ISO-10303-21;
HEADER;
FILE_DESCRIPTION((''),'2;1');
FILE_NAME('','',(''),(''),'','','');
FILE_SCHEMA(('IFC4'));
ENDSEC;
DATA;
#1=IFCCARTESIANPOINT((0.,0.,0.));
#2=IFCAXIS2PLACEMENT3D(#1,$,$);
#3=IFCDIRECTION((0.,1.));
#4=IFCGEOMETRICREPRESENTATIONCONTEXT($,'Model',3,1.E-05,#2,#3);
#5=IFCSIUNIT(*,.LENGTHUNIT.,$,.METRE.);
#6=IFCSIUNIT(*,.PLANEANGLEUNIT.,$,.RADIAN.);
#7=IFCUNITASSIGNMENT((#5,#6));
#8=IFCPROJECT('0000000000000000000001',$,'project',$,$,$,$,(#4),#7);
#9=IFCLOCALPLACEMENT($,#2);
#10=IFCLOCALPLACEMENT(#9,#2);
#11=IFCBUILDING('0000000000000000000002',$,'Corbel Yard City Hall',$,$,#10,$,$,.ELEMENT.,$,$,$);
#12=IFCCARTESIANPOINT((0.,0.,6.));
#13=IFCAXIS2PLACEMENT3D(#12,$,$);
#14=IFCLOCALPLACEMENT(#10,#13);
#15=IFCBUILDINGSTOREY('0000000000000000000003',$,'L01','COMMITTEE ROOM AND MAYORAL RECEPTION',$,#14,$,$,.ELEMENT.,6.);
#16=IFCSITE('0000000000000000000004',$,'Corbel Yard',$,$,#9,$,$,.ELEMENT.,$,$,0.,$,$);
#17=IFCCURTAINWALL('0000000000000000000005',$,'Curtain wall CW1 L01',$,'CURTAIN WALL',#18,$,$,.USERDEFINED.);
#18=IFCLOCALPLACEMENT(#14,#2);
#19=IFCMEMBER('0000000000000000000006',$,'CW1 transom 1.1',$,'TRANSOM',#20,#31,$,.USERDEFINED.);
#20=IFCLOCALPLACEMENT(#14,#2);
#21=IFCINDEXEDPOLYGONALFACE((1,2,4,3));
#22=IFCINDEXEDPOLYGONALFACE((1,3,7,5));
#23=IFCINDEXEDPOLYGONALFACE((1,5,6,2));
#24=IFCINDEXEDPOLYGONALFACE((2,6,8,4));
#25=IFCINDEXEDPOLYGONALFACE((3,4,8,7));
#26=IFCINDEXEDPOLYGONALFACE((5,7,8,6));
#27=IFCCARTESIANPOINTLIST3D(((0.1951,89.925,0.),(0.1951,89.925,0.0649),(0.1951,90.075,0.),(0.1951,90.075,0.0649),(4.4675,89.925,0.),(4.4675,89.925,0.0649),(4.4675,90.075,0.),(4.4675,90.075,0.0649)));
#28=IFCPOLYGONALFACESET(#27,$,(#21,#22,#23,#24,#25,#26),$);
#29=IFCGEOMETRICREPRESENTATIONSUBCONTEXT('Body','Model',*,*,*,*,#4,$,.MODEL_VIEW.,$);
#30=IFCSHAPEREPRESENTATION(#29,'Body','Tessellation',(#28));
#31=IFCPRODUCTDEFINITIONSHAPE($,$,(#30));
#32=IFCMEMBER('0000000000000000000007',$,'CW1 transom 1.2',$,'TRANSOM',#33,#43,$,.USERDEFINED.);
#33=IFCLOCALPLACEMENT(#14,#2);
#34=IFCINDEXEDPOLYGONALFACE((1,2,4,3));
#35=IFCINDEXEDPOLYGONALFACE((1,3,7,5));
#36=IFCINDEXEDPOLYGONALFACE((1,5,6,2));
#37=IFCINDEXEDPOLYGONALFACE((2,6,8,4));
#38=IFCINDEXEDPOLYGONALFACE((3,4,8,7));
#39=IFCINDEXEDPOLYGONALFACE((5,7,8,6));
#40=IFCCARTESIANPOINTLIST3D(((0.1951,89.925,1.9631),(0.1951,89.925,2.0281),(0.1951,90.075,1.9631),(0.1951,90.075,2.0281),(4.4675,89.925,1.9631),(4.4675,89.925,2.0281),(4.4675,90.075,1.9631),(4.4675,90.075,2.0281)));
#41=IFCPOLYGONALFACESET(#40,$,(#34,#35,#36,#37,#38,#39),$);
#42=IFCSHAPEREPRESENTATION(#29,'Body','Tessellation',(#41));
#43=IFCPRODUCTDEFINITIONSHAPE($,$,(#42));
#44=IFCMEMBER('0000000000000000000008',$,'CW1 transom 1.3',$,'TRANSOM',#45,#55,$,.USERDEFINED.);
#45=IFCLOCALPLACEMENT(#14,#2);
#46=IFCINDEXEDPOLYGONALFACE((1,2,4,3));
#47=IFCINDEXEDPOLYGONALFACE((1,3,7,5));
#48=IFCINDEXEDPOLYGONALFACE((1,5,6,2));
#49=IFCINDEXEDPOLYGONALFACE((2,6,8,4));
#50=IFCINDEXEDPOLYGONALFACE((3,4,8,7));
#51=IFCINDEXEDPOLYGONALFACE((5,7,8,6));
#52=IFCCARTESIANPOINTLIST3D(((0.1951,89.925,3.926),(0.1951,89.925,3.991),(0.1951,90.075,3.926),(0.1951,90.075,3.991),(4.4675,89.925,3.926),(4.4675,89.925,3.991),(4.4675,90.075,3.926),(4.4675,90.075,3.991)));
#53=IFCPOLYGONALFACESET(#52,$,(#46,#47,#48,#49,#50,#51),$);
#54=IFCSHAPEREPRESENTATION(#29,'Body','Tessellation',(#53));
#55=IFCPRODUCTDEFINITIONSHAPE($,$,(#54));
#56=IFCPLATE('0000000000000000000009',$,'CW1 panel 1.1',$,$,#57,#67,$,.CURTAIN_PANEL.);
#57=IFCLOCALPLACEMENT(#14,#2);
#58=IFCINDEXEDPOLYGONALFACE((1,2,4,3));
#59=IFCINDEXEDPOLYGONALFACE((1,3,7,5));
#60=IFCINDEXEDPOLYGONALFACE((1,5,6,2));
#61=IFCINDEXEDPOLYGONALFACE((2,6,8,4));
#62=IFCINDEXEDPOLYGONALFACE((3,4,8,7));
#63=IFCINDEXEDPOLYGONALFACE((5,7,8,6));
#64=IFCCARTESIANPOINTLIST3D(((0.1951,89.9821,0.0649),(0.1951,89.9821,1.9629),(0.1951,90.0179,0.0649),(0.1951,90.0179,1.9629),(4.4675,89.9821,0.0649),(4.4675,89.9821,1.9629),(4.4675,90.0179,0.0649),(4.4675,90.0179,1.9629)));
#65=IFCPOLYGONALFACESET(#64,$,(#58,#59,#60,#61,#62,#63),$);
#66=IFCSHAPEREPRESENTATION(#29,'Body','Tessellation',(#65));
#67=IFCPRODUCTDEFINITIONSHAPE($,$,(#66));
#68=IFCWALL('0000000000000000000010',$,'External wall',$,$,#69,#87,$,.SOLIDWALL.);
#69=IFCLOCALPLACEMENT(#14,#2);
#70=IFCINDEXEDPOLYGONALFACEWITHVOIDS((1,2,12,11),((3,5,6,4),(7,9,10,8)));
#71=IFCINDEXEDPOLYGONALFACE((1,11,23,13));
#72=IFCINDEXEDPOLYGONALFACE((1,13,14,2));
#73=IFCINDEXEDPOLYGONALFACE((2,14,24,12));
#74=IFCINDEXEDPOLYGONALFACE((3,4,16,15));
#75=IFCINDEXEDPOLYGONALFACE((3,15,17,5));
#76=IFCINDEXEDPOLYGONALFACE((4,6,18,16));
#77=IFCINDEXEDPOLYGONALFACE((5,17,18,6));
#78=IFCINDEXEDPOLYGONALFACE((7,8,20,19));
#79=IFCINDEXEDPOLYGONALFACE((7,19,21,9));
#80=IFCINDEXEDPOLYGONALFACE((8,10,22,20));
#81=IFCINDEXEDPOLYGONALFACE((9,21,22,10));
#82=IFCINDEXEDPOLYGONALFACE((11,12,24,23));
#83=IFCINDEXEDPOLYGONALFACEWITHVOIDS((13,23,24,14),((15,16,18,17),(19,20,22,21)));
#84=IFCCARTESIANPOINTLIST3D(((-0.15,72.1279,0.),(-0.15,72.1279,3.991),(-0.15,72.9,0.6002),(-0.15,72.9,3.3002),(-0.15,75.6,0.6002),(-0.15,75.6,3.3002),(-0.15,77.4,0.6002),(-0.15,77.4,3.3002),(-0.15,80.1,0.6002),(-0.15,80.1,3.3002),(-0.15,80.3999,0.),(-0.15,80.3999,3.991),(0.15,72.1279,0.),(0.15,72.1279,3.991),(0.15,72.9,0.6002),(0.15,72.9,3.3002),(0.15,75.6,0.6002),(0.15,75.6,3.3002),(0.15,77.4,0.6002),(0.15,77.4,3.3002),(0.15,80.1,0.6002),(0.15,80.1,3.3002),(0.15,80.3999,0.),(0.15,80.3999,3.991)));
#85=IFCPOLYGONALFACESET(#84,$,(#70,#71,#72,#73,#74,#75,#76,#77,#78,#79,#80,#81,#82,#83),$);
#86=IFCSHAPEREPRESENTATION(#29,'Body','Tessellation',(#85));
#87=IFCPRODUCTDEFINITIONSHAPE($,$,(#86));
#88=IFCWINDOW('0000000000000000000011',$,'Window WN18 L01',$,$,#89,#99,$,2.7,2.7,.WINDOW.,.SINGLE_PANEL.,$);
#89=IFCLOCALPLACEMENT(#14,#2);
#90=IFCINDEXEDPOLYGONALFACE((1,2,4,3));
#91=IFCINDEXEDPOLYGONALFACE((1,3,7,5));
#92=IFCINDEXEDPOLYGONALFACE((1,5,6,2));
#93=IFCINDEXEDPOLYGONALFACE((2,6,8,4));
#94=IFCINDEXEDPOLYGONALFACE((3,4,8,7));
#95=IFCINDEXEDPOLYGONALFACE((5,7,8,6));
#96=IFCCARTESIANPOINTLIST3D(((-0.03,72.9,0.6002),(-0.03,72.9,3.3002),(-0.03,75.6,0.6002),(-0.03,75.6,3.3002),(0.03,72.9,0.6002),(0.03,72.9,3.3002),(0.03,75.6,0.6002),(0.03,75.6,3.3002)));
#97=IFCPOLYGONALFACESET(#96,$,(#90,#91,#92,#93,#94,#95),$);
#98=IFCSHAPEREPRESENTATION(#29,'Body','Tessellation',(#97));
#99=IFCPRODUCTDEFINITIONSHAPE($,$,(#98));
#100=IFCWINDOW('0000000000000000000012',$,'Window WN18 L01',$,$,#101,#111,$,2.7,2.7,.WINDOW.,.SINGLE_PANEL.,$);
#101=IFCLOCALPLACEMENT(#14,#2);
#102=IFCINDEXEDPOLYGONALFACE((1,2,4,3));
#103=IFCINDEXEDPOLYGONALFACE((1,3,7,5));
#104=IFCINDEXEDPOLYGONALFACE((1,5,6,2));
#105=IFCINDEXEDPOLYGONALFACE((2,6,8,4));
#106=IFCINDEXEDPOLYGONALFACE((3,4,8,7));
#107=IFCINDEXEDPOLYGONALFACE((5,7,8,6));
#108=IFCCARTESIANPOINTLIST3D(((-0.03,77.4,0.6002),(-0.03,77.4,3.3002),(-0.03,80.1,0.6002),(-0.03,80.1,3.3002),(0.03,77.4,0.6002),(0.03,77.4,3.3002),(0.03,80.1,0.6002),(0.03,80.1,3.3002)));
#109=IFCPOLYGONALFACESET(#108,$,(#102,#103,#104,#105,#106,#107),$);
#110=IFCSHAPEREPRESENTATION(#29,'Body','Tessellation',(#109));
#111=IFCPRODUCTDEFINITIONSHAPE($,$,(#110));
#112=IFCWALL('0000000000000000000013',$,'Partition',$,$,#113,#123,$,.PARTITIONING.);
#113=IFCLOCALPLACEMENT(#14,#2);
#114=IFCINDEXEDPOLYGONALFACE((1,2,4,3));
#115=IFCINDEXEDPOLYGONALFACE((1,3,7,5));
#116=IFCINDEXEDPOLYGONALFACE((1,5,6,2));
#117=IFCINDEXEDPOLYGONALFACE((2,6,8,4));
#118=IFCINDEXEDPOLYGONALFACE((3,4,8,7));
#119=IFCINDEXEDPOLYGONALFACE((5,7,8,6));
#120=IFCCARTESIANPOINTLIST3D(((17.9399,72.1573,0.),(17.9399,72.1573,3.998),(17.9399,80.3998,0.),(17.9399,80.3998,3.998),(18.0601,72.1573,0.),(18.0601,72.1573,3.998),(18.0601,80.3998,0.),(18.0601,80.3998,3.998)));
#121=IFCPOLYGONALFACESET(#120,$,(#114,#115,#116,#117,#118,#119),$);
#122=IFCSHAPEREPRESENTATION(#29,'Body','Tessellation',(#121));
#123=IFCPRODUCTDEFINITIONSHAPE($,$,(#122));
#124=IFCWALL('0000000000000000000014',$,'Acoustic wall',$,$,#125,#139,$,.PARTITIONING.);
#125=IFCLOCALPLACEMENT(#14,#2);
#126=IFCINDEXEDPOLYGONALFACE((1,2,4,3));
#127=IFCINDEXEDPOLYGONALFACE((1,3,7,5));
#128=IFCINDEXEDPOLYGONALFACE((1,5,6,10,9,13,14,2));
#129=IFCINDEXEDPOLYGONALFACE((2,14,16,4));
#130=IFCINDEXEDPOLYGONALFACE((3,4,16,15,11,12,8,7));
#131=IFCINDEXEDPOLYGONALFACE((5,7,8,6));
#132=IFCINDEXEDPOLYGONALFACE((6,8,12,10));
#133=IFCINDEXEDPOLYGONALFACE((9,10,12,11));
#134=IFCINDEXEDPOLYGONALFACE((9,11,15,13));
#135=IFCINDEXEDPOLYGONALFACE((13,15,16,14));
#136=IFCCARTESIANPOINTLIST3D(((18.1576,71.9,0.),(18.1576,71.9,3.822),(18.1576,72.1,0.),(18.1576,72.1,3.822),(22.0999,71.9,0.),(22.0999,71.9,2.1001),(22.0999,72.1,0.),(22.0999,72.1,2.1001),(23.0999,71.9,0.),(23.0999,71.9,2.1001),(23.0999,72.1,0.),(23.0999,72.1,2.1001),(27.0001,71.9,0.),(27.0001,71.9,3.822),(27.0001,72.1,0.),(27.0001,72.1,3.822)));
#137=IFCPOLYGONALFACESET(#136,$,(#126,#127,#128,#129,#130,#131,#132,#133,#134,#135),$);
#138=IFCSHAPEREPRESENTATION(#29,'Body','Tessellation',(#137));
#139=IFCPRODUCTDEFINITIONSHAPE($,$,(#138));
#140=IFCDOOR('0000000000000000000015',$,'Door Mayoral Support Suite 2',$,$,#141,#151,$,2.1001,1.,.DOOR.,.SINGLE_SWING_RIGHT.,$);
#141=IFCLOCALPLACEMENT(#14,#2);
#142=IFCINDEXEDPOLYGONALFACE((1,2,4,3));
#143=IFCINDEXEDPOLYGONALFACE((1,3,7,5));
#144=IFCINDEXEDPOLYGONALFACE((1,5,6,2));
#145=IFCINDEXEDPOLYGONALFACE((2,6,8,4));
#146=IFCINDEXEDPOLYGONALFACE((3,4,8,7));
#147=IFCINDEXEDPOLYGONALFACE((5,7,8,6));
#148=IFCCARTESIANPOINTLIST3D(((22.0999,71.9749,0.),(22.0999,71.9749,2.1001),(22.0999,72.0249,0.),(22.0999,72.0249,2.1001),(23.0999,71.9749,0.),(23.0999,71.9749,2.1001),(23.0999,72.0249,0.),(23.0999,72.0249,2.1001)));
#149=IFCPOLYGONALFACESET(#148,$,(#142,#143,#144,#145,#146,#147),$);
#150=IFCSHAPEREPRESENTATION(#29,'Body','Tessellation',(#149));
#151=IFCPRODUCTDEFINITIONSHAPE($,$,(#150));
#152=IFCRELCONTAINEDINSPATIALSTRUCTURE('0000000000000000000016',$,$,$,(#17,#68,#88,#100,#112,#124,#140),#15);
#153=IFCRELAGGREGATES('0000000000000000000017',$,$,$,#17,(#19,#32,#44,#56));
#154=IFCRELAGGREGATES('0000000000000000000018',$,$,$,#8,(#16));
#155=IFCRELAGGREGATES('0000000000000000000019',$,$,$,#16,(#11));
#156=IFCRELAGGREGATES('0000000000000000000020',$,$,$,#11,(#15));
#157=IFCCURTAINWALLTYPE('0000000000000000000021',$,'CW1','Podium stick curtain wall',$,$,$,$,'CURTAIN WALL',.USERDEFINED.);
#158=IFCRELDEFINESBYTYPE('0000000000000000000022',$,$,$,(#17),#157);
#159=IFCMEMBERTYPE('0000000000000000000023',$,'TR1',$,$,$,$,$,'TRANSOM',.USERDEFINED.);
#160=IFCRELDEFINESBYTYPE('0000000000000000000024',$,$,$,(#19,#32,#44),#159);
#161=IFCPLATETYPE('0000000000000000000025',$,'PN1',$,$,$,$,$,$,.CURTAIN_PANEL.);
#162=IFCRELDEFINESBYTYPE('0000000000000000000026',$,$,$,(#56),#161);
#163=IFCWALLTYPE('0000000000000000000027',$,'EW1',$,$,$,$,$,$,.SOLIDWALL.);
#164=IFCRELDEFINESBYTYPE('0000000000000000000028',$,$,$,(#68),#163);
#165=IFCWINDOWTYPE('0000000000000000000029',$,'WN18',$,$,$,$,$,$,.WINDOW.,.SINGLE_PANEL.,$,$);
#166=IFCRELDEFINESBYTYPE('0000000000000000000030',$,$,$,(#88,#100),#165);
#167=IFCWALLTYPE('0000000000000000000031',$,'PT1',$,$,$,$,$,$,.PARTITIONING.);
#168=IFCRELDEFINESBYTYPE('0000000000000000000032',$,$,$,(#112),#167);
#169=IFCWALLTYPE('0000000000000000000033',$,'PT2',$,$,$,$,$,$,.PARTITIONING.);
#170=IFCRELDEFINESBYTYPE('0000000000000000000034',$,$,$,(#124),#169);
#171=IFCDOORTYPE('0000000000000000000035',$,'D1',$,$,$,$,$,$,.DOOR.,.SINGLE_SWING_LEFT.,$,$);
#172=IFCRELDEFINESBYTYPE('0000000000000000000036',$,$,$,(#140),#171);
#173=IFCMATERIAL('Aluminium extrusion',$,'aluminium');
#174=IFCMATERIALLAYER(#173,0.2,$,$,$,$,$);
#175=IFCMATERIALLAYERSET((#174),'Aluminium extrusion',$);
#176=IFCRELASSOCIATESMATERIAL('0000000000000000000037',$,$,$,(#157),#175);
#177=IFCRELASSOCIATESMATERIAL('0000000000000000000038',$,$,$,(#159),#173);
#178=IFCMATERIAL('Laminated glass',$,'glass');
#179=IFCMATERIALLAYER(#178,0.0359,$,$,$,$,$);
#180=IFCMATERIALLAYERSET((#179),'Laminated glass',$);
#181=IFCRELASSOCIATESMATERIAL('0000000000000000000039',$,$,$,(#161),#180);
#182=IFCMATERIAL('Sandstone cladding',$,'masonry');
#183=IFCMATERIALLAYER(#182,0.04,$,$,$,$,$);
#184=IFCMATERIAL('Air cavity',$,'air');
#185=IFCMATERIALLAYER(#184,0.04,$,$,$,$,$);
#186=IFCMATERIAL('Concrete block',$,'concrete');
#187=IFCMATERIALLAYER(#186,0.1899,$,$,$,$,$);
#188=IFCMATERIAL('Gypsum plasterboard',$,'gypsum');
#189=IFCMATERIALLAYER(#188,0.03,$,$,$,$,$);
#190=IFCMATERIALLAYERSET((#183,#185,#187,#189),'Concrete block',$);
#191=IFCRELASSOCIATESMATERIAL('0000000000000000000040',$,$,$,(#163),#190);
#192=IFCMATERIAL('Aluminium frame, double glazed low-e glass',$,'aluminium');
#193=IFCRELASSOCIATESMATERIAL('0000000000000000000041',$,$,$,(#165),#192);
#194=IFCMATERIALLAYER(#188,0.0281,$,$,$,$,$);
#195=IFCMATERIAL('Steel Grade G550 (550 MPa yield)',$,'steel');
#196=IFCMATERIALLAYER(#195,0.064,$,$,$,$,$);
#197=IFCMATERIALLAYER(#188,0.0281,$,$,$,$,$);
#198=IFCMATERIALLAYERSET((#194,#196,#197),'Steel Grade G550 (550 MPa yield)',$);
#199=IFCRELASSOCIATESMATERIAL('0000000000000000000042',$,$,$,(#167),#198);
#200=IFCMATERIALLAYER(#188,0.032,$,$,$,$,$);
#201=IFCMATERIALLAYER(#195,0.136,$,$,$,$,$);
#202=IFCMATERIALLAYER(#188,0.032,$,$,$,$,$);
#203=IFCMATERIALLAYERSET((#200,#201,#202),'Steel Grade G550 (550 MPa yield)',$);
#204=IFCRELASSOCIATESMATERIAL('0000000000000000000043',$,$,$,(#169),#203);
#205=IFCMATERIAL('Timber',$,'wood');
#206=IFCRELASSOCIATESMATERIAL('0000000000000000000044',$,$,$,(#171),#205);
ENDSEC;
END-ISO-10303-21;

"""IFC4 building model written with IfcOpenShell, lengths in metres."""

from ifc_helpers import new_model, si_unit, direction, frame, frame_2d, origin, origin_2d, place, context, subcontext, project, spatial, rectangle, extrude, material, layer, layer_set, material_profile, profile_set, type_object, element, fill, aggregate, save


model = new_model("IFC4")

# Units and contexts
model_context = context("Model", 3, precision=1e-05, world=origin(), true_north=direction((0.0, 1.0)))
body_context = subcontext(model_context, "Body", "Model", "MODEL_VIEW")
ifc_project = project(units=[si_unit("LENGTHUNIT", "METRE"), si_unit("PLANEANGLEUNIT", "RADIAN")], contexts=[model_context])

# Site, building, storey
site_placement = place(None, origin())
site = spatial("IfcSite", under=ifc_project, at=site_placement, Name="Corbel Yard", CompositionType="ELEMENT", RefElevation=0.0)
building_placement = place(site_placement, origin())
building = spatial("IfcBuilding", under=site, at=building_placement, Name="Corbel Yard City Hall", CompositionType="ELEMENT")
storey_placement = place(building_placement, frame((0.0, 0.0, 6.0)))
storey = spatial("IfcBuildingStorey", under=building, at=storey_placement, Name="L01", Description="COMMITTEE ROOM AND MAYORAL RECEPTION", CompositionType="ELEMENT", Elevation=6.0)

# Curtain wall
ifc_material_1 = material(Name="Aluminium extrusion", Category="aluminium")
ifc_layer_1 = layer(ifc_material_1, 0.2)
ifc_layer_set_1 = layer_set([ifc_layer_1], Name="Aluminium extrusion")
curtain_wall_type = type_object("IfcCurtainWallType", Name="CW1", Description="Podium stick curtain wall", ElementType="CURTAIN WALL", PredefinedType="USERDEFINED", material=ifc_layer_set_1)
curtain_wall_placement = place(storey_placement, origin())
curtain_wall = element("IfcCurtainWall", 1, at=curtain_wall_placement, inside=storey, type_object=curtain_wall_type, Name="Curtain wall CW1 L01", ObjectType="CURTAIN WALL", PredefinedType="USERDEFINED")

# Members
ifc_material_profile_1 = material_profile(ifc_material_1, rectangle(XDim=0.1499, YDim=0.0649, at=origin_2d()), Name="150x65")
ifc_profile_set_1 = profile_set([ifc_material_profile_1], Name="Aluminium extrusion")
member_type_1 = type_object("IfcMemberType", Name="TR1", ElementType="TRANSOM", PredefinedType="USERDEFINED", material=ifc_profile_set_1)
member_1_placement = place(storey_placement, frame((0.1951, 90.0, 0.0325), z_axis=(1.0, 0.0, 0.0), x_axis=(0.0, 1.0, 0.0)))
member_1 = element("IfcMember", 2, at=member_1_placement, type_object=member_type_1, Name="CW1 transom 1.1", ObjectType="TRANSOM", PredefinedType="USERDEFINED", context=body_context, shape_type="SweptSolid", body=[
    extrude(rectangle(XDim=0.1499, YDim=0.0649, at=origin_2d()), origin(), (0.0, 0.0, 1.0), 4.2725),
])
member_2_placement = place(storey_placement, frame((0.1951, 90.0, 1.9956), z_axis=(1.0, 0.0, 0.0), x_axis=(0.0, 1.0, 0.0)))
member_2 = element("IfcMember", 3, at=member_2_placement, type_object=member_type_1, Name="CW1 transom 1.2", ObjectType="TRANSOM", PredefinedType="USERDEFINED", context=body_context, shape_type="SweptSolid", body=[
    extrude(rectangle(XDim=0.1499, YDim=0.0649, at=origin_2d()), origin(), (0.0, 0.0, 1.0), 4.2725),
])
member_3_placement = place(storey_placement, frame((0.1951, 90.0, 3.9585), z_axis=(1.0, 0.0, 0.0), x_axis=(0.0, 1.0, 0.0)))
member_3 = element("IfcMember", 4, at=member_3_placement, type_object=member_type_1, Name="CW1 transom 1.3", ObjectType="TRANSOM", PredefinedType="USERDEFINED", context=body_context, shape_type="SweptSolid", body=[
    extrude(rectangle(XDim=0.1499, YDim=0.0649, at=origin_2d()), origin(), (0.0, 0.0, 1.0), 4.2725),
])

# Plate
ifc_material_2 = material(Name="Laminated glass", Category="glass")
ifc_layer_2 = layer(ifc_material_2, 0.0359)
ifc_layer_set_2 = layer_set([ifc_layer_2], Name="Laminated glass")
plate_type = type_object("IfcPlateType", Name="PN1", PredefinedType="CURTAIN_PANEL", material=ifc_layer_set_2)
plate_placement = place(storey_placement, frame((2.3313, 90.0, 0.0649), z_axis=(0.0, 0.0, 1.0), x_axis=(1.0, 0.0, 0.0)))
plate = element("IfcPlate", 5, at=plate_placement, type_object=plate_type, Name="CW1 panel 1.1", PredefinedType="CURTAIN_PANEL", context=body_context, shape_type="SweptSolid", body=[
    extrude(rectangle(XDim=4.2725, YDim=0.0359, at=origin_2d()), origin(), (0.0, 0.0, 1.0), 1.8979),
])
aggregate(curtain_wall, [member_1, member_2, member_3, plate])

# Wall, openings, windows
ifc_material_3 = material(Name="Sandstone cladding", Category="masonry")
ifc_layer_3 = layer(ifc_material_3, 0.04)
ifc_material_4 = material(Name="Air cavity", Category="air")
ifc_layer_4 = layer(ifc_material_4, 0.04)
ifc_material_5 = material(Name="Concrete block", Category="concrete")
ifc_layer_5 = layer(ifc_material_5, 0.1899)
ifc_material_6 = material(Name="Gypsum plasterboard", Category="gypsum")
ifc_layer_6 = layer(ifc_material_6, 0.03)
ifc_layer_set_3 = layer_set([ifc_layer_3, ifc_layer_4, ifc_layer_5, ifc_layer_6], Name="Concrete block")
wall_type_1 = type_object("IfcWallType", Name="EW1", PredefinedType="SOLIDWALL", material=ifc_layer_set_3)
wall_1_placement = place(storey_placement, frame((0.0, 72.1279, 0.0), z_axis=(0.0, 0.0, 1.0), x_axis=(0.0, 1.0, 0.0)))
wall_1 = element("IfcWall", 6, at=wall_1_placement, inside=storey, type_object=wall_type_1, Name="External wall", PredefinedType="SOLIDWALL", context=body_context, shape_type="SweptSolid", body=[
    extrude(rectangle(XDim=8.272, YDim=0.3, at=frame_2d((4.136, 0.0))), origin(), (0.0, 0.0, 1.0), 3.991),
])
opening_1_placement = place(wall_1_placement, frame((0.772, 0.0, 0.6001)))
opening_1 = element("IfcOpeningElement", 7, at=opening_1_placement, cuts=wall_1, PredefinedType="OPENING", context=body_context, shape_type="SweptSolid", body=[
    extrude(rectangle(XDim=2.7, YDim=2.7, at=frame_2d((1.3501, 1.3501))), frame((0.0, 0.1599, 0.0), z_axis=(0.0, -1.0, 0.0), x_axis=(1.0, 0.0, 0.0)), (0.0, 0.0, 1.0), 0.3201),
])
opening_2_placement = place(wall_1_placement, frame((5.272, 0.0, 0.6001)))
opening_2 = element("IfcOpeningElement", 8, at=opening_2_placement, cuts=wall_1, PredefinedType="OPENING", context=body_context, shape_type="SweptSolid", body=[
    extrude(rectangle(XDim=2.7, YDim=2.7, at=frame_2d((1.3501, 1.3501))), frame((0.0, 0.1599, 0.0), z_axis=(0.0, -1.0, 0.0), x_axis=(1.0, 0.0, 0.0)), (0.0, 0.0, 1.0), 0.3201),
])
ifc_material_7 = material(Name="Aluminium frame, double glazed low-e glass", Category="aluminium")
window_type = type_object("IfcWindowType", Name="WN18", PartitioningType="SINGLE_PANEL", PredefinedType="WINDOW", material=ifc_material_7)
window_1_placement = place(opening_1_placement, origin())
window_1 = element("IfcWindow", 9, at=window_1_placement, inside=storey, type_object=window_type, Name="Window WN18 L01", OverallHeight=2.7, OverallWidth=2.7, PartitioningType="SINGLE_PANEL", PredefinedType="WINDOW", context=body_context, shape_type="SweptSolid", body=[
    extrude(rectangle(XDim=2.7, YDim=2.7, at=frame_2d((1.3501, 1.3501))), frame((0.0, 0.03, 0.0), z_axis=(0.0, -1.0, 0.0), x_axis=(1.0, 0.0, 0.0)), (0.0, 0.0, 1.0), 0.0601),
])
fill(opening_1, window_1)
window_2_placement = place(opening_2_placement, origin())
window_2 = element("IfcWindow", 10, at=window_2_placement, inside=storey, type_object=window_type, Name="Window WN18 L01", OverallHeight=2.7, OverallWidth=2.7, PartitioningType="SINGLE_PANEL", PredefinedType="WINDOW", context=body_context, shape_type="SweptSolid", body=[
    extrude(rectangle(XDim=2.7, YDim=2.7, at=frame_2d((1.3501, 1.3501))), frame((0.0, 0.03, 0.0), z_axis=(0.0, -1.0, 0.0), x_axis=(1.0, 0.0, 0.0)), (0.0, 0.0, 1.0), 0.0601),
])
fill(opening_2, window_2)

# Wall
ifc_layer_7 = layer(ifc_material_6, 0.0281)
ifc_material_8 = material(Name="Steel Grade G550 (550 MPa yield)", Category="steel")
ifc_layer_8 = layer(ifc_material_8, 0.064)
ifc_layer_9 = layer(ifc_material_6, 0.0281)
ifc_layer_set_4 = layer_set([ifc_layer_7, ifc_layer_8, ifc_layer_9], Name="Steel Grade G550 (550 MPa yield)")
wall_type_2 = type_object("IfcWallType", Name="PT1", PredefinedType="PARTITIONING", material=ifc_layer_set_4)
wall_2_placement = place(storey_placement, frame((18.0, 72.1575, 0.0), z_axis=(0.0, 0.0, 1.0), x_axis=(0.0, 1.0, 0.0)))
element("IfcWall", 11, at=wall_2_placement, inside=storey, type_object=wall_type_2, Name="Partition", PredefinedType="PARTITIONING", context=body_context, shape_type="SweptSolid", body=[
    extrude(rectangle(XDim=8.2424, YDim=0.1201, at=frame_2d((4.1211, 0.0))), origin(), (0.0, 0.0, 1.0), 3.998),
])

# Wall, opening, door
ifc_layer_10 = layer(ifc_material_6, 0.032)
ifc_layer_11 = layer(ifc_material_8, 0.136)
ifc_layer_12 = layer(ifc_material_6, 0.032)
ifc_layer_set_5 = layer_set([ifc_layer_10, ifc_layer_11, ifc_layer_12], Name="Steel Grade G550 (550 MPa yield)")
wall_type_3 = type_object("IfcWallType", Name="PT2", PredefinedType="PARTITIONING", material=ifc_layer_set_5)
wall_3_placement = place(storey_placement, frame((18.1575, 72.0, 0.0), z_axis=(0.0, 0.0, 1.0), x_axis=(1.0, 0.0, 0.0)))
wall_3 = element("IfcWall", 12, at=wall_3_placement, inside=storey, type_object=wall_type_3, Name="Acoustic wall", PredefinedType="PARTITIONING", context=body_context, shape_type="SweptSolid", body=[
    extrude(rectangle(XDim=8.8425, YDim=0.2, at=frame_2d((4.4214, 0.0))), origin(), (0.0, 0.0, 1.0), 3.822),
])
opening_3_placement = place(wall_3_placement, frame((3.9424, 0.0, 0.0)))
opening_3 = element("IfcOpeningElement", 13, at=opening_3_placement, cuts=wall_3, PredefinedType="OPENING", context=body_context, shape_type="SweptSolid", body=[
    extrude(rectangle(XDim=1.0, YDim=2.1001, at=frame_2d((0.5, 1.05))), frame((0.0, 0.1099, 0.0), z_axis=(0.0, -1.0, 0.0), x_axis=(1.0, 0.0, 0.0)), (0.0, 0.0, 1.0), 0.22),
])
ifc_material_9 = material(Name="Timber", Category="wood")
door_type = type_object("IfcDoorType", Name="D1", OperationType="SINGLE_SWING_LEFT", PredefinedType="DOOR", material=ifc_material_9)
door_placement = place(opening_3_placement, origin())
door = element("IfcDoor", 14, at=door_placement, inside=storey, type_object=door_type, Name="Door Mayoral Support Suite 2", OperationType="SINGLE_SWING_RIGHT", OverallHeight=2.1001, OverallWidth=1.0, PredefinedType="DOOR", context=body_context, shape_type="SweptSolid", body=[
    extrude(rectangle(XDim=1.0, YDim=2.1001, at=frame_2d((0.5, 1.05))), frame((0.0, 0.0249, 0.0), z_axis=(0.0, -1.0, 0.0), x_axis=(1.0, 0.0, 0.0)), (0.0, 0.0, 1.0), 0.05),
])
fill(opening_3, door)

save(model, "model.ifc")
